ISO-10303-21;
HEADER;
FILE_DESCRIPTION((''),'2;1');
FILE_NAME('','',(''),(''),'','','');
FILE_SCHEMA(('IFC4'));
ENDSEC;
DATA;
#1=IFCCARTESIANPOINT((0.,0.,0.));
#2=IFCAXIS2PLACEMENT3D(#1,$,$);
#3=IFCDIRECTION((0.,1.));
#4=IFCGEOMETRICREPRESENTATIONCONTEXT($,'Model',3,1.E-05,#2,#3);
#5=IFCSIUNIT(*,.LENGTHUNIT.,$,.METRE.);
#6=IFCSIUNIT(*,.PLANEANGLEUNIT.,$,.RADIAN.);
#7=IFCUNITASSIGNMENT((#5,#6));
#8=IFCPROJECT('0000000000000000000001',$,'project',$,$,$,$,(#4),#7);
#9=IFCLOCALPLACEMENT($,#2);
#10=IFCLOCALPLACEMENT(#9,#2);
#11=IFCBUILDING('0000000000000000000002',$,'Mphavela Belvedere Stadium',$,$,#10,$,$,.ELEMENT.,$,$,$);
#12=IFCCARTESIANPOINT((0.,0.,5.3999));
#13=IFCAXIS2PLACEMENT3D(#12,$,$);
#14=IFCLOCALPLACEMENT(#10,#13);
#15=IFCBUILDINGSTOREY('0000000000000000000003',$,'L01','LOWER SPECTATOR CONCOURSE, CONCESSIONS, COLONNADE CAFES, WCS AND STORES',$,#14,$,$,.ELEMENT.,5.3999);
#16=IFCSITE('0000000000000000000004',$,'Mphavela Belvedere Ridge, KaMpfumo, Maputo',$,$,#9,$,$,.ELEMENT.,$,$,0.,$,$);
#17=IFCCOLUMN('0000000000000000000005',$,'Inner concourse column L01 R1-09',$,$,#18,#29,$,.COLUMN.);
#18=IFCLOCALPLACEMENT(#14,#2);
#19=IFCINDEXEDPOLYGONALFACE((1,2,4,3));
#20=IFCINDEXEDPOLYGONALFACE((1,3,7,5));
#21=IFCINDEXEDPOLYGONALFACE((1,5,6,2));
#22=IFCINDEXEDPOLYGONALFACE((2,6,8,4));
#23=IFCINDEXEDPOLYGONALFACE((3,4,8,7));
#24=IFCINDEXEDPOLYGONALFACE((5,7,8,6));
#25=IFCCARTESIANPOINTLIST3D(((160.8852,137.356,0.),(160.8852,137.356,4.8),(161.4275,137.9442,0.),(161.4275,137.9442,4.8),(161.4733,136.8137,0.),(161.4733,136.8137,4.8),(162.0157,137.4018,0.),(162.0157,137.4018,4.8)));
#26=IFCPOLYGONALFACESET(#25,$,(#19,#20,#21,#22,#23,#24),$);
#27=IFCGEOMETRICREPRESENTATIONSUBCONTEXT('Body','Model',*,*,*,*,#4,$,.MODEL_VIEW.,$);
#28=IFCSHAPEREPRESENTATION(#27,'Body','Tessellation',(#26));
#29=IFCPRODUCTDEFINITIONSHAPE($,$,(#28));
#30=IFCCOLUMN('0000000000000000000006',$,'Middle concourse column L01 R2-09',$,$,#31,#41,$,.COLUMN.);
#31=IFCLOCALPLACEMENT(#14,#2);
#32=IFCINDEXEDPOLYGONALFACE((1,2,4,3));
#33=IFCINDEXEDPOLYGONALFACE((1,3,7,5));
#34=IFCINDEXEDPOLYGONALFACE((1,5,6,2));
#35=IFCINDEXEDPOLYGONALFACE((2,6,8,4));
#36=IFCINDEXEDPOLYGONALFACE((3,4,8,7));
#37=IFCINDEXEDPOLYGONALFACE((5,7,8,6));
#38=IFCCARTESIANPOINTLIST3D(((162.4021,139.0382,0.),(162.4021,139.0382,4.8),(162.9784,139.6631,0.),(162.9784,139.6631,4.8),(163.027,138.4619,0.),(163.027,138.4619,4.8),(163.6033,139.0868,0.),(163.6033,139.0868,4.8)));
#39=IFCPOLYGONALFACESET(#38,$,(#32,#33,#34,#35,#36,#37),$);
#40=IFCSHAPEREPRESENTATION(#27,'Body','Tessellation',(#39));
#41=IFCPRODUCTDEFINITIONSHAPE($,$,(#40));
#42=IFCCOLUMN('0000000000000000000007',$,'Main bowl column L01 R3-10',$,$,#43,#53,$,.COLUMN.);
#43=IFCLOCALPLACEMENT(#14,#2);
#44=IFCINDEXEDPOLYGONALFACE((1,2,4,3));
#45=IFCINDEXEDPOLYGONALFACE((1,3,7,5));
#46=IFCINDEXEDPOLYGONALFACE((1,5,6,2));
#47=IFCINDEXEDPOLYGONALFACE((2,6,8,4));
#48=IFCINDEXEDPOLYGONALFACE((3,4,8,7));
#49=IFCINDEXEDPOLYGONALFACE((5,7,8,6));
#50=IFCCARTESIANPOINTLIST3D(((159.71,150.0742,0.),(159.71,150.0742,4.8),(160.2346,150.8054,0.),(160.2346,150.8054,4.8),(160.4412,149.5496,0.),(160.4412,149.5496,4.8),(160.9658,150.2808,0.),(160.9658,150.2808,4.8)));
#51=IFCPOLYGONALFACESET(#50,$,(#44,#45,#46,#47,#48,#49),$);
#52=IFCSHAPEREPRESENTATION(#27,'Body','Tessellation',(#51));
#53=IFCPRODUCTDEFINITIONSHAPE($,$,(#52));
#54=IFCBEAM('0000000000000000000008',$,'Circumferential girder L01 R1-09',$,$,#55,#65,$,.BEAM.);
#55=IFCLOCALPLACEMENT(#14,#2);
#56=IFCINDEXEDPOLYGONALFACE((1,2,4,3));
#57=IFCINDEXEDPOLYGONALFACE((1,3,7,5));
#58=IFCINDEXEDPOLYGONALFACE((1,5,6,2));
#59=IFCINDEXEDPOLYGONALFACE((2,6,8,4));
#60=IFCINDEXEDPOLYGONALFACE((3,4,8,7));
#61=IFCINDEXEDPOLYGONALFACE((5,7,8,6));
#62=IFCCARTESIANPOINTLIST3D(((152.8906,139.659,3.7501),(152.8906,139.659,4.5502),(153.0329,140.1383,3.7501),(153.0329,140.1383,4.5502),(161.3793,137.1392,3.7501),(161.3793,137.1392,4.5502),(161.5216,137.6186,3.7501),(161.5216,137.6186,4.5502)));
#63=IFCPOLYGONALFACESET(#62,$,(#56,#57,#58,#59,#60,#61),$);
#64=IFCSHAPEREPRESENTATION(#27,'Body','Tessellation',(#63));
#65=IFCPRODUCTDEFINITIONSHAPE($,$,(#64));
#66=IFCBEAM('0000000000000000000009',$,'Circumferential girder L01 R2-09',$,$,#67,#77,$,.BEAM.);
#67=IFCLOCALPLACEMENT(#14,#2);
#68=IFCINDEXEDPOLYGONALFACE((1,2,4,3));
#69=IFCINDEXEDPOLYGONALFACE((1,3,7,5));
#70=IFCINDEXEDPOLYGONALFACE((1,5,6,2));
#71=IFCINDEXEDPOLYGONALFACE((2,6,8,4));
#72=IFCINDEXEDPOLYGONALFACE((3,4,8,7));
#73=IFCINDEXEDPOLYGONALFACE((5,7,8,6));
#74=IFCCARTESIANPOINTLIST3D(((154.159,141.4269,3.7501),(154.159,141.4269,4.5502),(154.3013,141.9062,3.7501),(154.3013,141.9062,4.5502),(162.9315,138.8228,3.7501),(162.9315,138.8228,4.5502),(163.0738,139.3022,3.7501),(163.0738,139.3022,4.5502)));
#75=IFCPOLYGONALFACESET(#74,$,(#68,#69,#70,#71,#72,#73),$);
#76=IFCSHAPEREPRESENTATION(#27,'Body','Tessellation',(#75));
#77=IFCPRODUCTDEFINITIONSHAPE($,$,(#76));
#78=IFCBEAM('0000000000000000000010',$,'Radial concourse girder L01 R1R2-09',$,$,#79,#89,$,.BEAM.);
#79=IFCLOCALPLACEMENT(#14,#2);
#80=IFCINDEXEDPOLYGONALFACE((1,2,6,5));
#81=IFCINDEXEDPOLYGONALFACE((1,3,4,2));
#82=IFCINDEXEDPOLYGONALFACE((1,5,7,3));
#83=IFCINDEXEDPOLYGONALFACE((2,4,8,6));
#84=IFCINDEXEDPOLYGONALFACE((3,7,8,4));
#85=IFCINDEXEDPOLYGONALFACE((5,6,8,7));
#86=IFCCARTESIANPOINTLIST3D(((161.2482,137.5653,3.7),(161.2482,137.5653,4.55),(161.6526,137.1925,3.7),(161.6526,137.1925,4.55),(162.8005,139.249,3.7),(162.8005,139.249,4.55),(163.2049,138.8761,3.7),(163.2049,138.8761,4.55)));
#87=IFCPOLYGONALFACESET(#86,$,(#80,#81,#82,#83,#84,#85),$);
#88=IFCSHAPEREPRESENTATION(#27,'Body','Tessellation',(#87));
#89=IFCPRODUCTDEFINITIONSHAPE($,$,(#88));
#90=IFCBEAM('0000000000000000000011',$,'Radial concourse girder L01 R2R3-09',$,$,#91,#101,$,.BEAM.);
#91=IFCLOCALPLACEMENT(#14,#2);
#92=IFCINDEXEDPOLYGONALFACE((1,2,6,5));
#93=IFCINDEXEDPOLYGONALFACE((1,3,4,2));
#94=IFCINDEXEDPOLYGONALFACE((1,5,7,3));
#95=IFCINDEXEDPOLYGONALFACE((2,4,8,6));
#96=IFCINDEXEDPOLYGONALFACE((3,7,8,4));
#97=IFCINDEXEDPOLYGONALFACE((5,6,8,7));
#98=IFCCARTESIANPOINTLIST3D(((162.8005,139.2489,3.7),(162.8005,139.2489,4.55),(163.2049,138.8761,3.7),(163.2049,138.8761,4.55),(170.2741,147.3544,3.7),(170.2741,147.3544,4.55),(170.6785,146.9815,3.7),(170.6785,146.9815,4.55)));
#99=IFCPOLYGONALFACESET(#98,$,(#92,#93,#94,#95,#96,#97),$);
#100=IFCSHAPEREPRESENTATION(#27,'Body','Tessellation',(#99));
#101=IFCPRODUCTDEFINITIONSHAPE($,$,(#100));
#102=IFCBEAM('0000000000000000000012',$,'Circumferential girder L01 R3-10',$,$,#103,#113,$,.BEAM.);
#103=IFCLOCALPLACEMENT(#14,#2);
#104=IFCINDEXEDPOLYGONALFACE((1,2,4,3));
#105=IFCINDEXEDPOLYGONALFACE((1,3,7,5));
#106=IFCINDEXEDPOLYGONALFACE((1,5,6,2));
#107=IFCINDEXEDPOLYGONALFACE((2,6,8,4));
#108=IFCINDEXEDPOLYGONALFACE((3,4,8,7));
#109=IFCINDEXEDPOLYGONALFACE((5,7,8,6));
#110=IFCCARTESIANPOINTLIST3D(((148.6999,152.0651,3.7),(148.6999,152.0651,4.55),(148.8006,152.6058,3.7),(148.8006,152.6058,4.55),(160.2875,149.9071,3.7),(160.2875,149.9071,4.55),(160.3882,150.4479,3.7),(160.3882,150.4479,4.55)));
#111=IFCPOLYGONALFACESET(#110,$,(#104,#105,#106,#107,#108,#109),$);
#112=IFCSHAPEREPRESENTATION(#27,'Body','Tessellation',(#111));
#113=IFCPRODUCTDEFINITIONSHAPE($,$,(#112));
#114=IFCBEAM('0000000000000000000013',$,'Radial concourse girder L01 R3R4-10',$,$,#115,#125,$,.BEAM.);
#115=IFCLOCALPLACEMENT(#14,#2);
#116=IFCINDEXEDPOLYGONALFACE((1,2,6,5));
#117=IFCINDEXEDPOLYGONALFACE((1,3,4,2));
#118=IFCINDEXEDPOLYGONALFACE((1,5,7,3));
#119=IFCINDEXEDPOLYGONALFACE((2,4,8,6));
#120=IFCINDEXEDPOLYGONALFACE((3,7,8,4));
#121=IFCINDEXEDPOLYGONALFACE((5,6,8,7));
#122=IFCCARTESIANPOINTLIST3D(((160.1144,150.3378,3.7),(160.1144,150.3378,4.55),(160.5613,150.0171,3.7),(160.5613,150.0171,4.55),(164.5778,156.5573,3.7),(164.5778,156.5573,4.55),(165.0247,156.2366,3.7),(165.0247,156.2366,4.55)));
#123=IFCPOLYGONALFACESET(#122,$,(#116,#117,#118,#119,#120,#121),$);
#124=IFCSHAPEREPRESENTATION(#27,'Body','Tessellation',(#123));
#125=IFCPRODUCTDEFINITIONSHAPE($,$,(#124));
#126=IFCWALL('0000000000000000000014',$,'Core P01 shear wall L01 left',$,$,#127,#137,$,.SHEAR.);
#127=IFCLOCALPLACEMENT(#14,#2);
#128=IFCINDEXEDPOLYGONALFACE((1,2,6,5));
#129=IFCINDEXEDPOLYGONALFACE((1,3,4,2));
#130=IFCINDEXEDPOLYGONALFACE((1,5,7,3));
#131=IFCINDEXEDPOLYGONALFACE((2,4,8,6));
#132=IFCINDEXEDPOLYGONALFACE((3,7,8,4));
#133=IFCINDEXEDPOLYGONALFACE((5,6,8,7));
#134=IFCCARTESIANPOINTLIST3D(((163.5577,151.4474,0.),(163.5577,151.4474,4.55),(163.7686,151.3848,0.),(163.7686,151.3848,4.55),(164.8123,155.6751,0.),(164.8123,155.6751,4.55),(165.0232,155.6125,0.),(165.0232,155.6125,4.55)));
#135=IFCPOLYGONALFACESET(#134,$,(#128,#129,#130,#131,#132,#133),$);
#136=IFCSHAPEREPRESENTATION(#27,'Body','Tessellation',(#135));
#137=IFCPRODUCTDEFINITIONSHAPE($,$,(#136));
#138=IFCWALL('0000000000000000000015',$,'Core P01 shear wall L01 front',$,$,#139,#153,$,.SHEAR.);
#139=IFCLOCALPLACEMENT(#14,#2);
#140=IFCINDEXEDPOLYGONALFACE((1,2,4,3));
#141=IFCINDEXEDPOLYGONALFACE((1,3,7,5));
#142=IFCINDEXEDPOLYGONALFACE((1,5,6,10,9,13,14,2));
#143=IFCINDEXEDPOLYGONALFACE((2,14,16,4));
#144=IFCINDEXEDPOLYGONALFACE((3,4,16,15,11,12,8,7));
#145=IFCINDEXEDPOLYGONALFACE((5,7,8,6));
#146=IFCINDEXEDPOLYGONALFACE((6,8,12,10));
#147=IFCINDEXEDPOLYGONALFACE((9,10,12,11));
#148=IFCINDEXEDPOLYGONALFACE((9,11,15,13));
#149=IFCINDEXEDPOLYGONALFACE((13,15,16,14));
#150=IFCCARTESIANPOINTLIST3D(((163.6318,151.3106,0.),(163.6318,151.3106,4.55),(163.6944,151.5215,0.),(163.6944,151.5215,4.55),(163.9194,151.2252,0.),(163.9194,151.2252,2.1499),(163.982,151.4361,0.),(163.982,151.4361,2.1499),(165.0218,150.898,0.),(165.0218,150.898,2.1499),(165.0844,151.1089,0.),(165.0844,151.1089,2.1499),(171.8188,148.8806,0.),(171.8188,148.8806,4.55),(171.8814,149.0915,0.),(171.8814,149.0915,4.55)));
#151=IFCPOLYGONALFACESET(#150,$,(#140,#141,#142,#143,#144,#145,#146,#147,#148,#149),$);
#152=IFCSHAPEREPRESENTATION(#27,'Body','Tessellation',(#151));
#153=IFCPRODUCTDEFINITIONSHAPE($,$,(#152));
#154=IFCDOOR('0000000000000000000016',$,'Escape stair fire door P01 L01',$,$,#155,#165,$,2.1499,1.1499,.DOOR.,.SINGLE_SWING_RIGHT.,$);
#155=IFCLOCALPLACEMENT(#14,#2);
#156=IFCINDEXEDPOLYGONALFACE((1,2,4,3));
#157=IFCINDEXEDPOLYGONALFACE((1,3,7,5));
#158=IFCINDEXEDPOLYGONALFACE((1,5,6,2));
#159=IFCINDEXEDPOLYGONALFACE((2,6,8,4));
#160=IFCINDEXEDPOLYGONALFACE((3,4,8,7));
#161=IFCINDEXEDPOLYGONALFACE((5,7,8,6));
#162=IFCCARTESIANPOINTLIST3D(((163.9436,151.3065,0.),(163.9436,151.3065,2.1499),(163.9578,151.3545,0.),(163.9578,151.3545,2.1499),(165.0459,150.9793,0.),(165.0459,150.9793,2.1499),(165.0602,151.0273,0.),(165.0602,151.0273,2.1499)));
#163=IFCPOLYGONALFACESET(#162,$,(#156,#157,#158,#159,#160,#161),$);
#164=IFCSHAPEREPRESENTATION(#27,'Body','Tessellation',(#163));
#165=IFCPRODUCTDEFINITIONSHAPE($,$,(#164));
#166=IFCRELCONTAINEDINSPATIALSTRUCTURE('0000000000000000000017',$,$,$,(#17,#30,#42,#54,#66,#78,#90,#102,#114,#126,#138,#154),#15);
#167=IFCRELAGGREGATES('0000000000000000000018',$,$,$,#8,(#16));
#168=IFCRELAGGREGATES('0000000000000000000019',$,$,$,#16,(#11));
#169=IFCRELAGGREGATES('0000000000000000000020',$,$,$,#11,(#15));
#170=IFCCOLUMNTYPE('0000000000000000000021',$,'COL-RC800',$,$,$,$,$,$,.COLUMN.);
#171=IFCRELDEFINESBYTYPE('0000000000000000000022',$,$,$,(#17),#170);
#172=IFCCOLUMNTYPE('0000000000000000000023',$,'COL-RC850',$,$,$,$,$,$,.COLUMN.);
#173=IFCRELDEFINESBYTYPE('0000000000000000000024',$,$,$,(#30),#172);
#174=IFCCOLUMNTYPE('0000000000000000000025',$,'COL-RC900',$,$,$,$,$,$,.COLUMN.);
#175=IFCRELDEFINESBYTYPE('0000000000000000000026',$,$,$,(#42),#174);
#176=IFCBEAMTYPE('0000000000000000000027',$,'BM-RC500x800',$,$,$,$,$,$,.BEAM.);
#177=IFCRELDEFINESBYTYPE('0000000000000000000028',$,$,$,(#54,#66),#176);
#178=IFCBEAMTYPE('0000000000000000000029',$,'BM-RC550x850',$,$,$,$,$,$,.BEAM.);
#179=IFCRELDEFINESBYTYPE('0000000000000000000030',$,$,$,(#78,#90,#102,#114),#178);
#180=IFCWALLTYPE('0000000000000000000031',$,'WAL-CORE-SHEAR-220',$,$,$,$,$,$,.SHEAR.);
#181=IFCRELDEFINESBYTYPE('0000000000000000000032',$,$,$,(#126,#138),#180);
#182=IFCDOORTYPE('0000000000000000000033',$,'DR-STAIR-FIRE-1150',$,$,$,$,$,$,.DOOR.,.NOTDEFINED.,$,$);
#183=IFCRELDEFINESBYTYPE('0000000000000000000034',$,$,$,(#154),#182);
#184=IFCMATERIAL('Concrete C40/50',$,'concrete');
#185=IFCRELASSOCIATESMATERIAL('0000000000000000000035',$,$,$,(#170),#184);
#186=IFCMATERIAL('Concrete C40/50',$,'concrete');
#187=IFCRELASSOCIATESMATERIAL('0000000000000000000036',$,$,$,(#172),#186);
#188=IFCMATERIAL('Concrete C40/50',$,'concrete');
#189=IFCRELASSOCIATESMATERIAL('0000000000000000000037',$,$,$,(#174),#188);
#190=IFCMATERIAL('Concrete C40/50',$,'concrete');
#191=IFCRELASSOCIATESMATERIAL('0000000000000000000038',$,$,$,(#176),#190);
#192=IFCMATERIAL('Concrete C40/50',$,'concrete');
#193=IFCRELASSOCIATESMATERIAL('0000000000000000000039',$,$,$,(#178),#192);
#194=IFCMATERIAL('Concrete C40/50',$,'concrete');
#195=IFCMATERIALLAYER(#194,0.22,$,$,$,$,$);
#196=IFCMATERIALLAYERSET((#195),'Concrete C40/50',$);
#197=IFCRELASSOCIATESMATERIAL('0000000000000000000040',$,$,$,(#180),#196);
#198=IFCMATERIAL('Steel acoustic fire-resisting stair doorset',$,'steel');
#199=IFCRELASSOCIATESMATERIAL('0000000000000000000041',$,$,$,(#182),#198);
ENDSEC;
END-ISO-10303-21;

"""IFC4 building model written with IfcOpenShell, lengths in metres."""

from ifc_helpers import new_model, si_unit, direction, frame, frame_2d, origin, origin_2d, place, context, subcontext, project, spatial, rectangle, extrude, material, layer, layer_set, material_profile, profile_set, type_object, element, fill, save


model = new_model("IFC4")

# Units and contexts
model_context = context("Model", 3, precision=1e-05, world=origin(), true_north=direction((0.0, 1.0)))
body_context = subcontext(model_context, "Body", "Model", "MODEL_VIEW")
ifc_project = project(units=[si_unit("LENGTHUNIT", "METRE"), si_unit("PLANEANGLEUNIT", "RADIAN")], contexts=[model_context])

# Site, building, storey
site_placement = place(None, origin())
site = spatial("IfcSite", under=ifc_project, at=site_placement, Name="Mphavela Belvedere Ridge, KaMpfumo, Maputo", CompositionType="ELEMENT", RefElevation=0.0)
building_placement = place(site_placement, origin())
building = spatial("IfcBuilding", under=site, at=building_placement, Name="Mphavela Belvedere Stadium", CompositionType="ELEMENT")
storey_placement = place(building_placement, frame((0.0, 0.0, 5.3999)))
storey = spatial("IfcBuildingStorey", under=building, at=storey_placement, Name="L01", Description="LOWER SPECTATOR CONCOURSE, CONCESSIONS, COLONNADE CAFES, WCS AND STORES", CompositionType="ELEMENT", Elevation=5.3999)

# Columns
ifc_material_1 = material(Name="Concrete C40/50", Category="concrete")
ifc_material_profile_1 = material_profile(ifc_material_1, rectangle(XDim=0.8, YDim=0.8, at=origin_2d()), Name="RC 800x800")
ifc_profile_set_1 = profile_set([ifc_material_profile_1], Name="Concrete C40/50")
column_type_1 = type_object("IfcColumnType", Name="COL-RC800", PredefinedType="COLUMN", material=ifc_profile_set_1)
column_1_placement = place(storey_placement, frame((161.4504, 137.3789, 0.0), z_axis=(0.0, 0.0, 1.0), x_axis=(0.677903, 0.735151, 0.0)))
element("IfcColumn", 1, at=column_1_placement, inside=storey, type_object=column_type_1, Name="Inner concourse column L01 R1-09", PredefinedType="COLUMN", context=body_context, shape_type="SweptSolid", body=[
    extrude(rectangle(XDim=0.8, YDim=0.8, at=origin_2d()), origin(), (0.0, 0.0, 1.0), 4.8),
])
ifc_material_2 = material(Name="Concrete C40/50", Category="concrete")
ifc_material_profile_2 = material_profile(ifc_material_2, rectangle(XDim=0.8501, YDim=0.8501, at=origin_2d()), Name="RC 850x850")
ifc_profile_set_2 = profile_set([ifc_material_profile_2], Name="Concrete C40/50")
column_type_2 = type_object("IfcColumnType", Name="COL-RC850", PredefinedType="COLUMN", material=ifc_profile_set_2)
column_2_placement = place(storey_placement, frame((163.0027, 139.0625, 0.0), z_axis=(0.0, 0.0, 1.0), x_axis=(0.677903, 0.735151, 0.0)))
element("IfcColumn", 2, at=column_2_placement, inside=storey, type_object=column_type_2, Name="Middle concourse column L01 R2-09", PredefinedType="COLUMN", context=body_context, shape_type="SweptSolid", body=[
    extrude(rectangle(XDim=0.8501, YDim=0.8501, at=origin_2d()), origin(), (0.0, 0.0, 1.0), 4.8),
])
ifc_material_3 = material(Name="Concrete C40/50", Category="concrete")
ifc_material_profile_3 = material_profile(ifc_material_3, rectangle(XDim=0.8999, YDim=0.8999, at=origin_2d()), Name="RC 900x900")
ifc_profile_set_3 = profile_set([ifc_material_profile_3], Name="Concrete C40/50")
column_type_3 = type_object("IfcColumnType", Name="COL-RC900", PredefinedType="COLUMN", material=ifc_profile_set_3)
column_3_placement = place(storey_placement, frame((160.3379, 150.1775, 0.0), z_axis=(0.0, 0.0, 1.0), x_axis=(0.582974, 0.812491, 0.0)))
element("IfcColumn", 3, at=column_3_placement, inside=storey, type_object=column_type_3, Name="Main bowl column L01 R3-10", PredefinedType="COLUMN", context=body_context, shape_type="SweptSolid", body=[
    extrude(rectangle(XDim=0.8999, YDim=0.8999, at=origin_2d()), origin(), (0.0, 0.0, 1.0), 4.8),
])

# Beams
ifc_material_4 = material(Name="Concrete C40/50", Category="concrete")
ifc_material_profile_4 = material_profile(ifc_material_4, rectangle(XDim=0.5, YDim=0.8, at=origin_2d()), Name="RC 500x800")
ifc_profile_set_4 = profile_set([ifc_material_profile_4], Name="Concrete C40/50")
beam_type_1 = type_object("IfcBeamType", Name="BM-RC500x800", PredefinedType="BEAM", material=ifc_profile_set_4)
beam_1_placement = place(storey_placement, frame((161.4504, 137.3789, 4.1501), z_axis=(-0.958657, 0.284564, 0.0), x_axis=(-0.284564, -0.958657, 0.0)))
element("IfcBeam", 4, at=beam_1_placement, inside=storey, type_object=beam_type_1, Name="Circumferential girder L01 R1-09", PredefinedType="BEAM", context=body_context, shape_type="SweptSolid", body=[
    extrude(rectangle(XDim=0.5, YDim=0.8, at=origin_2d()), origin(), (0.0, 0.0, 1.0), 8.8547),
])
beam_2_placement = place(storey_placement, frame((163.0027, 139.0625, 4.1501), z_axis=(-0.958656, 0.284566, 0.0), x_axis=(-0.284566, -0.958656, 0.0)))
element("IfcBeam", 5, at=beam_2_placement, inside=storey, type_object=beam_type_1, Name="Circumferential girder L01 R2-09", PredefinedType="BEAM", context=body_context, shape_type="SweptSolid", body=[
    extrude(rectangle(XDim=0.5, YDim=0.8, at=origin_2d()), origin(), (0.0, 0.0, 1.0), 9.1509),
])
ifc_material_5 = material(Name="Concrete C40/50", Category="concrete")
ifc_material_profile_5 = material_profile(ifc_material_5, rectangle(XDim=0.55, YDim=0.8501, at=origin_2d()), Name="RC 550x850")
ifc_profile_set_5 = profile_set([ifc_material_profile_5], Name="Concrete C40/50")
beam_type_2 = type_object("IfcBeamType", Name="BM-RC550x850", PredefinedType="BEAM", material=ifc_profile_set_5)
beam_3_placement = place(storey_placement, frame((161.4504, 137.3789, 4.125), z_axis=(0.677846, 0.735204, 0.0), x_axis=(-0.735204, 0.677846, 0.0)))
element("IfcBeam", 6, at=beam_3_placement, inside=storey, type_object=beam_type_2, Name="Radial concourse girder L01 R1R2-09", PredefinedType="BEAM", context=body_context, shape_type="SweptSolid", body=[
    extrude(rectangle(XDim=0.55, YDim=0.8501, at=origin_2d()), origin(), (0.0, 0.0, 1.0), 2.29),
])
beam_4_placement = place(storey_placement, frame((163.0027, 139.0625, 4.125), z_axis=(0.677872, 0.73518, 0.0), x_axis=(-0.73518, 0.677872, 0.0)))
element("IfcBeam", 7, at=beam_4_placement, inside=storey, type_object=beam_type_2, Name="Radial concourse girder L01 R2R3-09", PredefinedType="BEAM", context=body_context, shape_type="SweptSolid", body=[
    extrude(rectangle(XDim=0.55, YDim=0.8501, at=origin_2d()), origin(), (0.0, 0.0, 1.0), 11.0251),
])
beam_5_placement = place(storey_placement, frame((160.3379, 150.1775, 4.125), z_axis=(-0.983098, 0.183082, 0.0), x_axis=(-0.183082, -0.983098, 0.0)))
element("IfcBeam", 8, at=beam_5_placement, inside=storey, type_object=beam_type_2, Name="Circumferential girder L01 R3-10", PredefinedType="BEAM", context=body_context, shape_type="SweptSolid", body=[
    extrude(rectangle(XDim=0.55, YDim=0.8501, at=origin_2d()), origin(), (0.0, 0.0, 1.0), 11.7869),
])
beam_6_placement = place(storey_placement, frame((160.3379, 150.1775, 4.125), z_axis=(0.583044, 0.812441, 0.0), x_axis=(-0.812441, 0.583044, 0.0)))
element("IfcBeam", 9, at=beam_6_placement, inside=storey, type_object=beam_type_2, Name="Radial concourse girder L01 R3R4-10", PredefinedType="BEAM", context=body_context, shape_type="SweptSolid", body=[
    extrude(rectangle(XDim=0.55, YDim=0.8501, at=origin_2d()), origin(), (0.0, 0.0, 1.0), 7.6553),
])

# Wall
ifc_material_6 = material(Name="Concrete C40/50", Category="concrete")
ifc_layer_1 = layer(ifc_material_6, 0.22)
ifc_layer_set_1 = layer_set([ifc_layer_1], Name="Concrete C40/50")
wall_type_1 = type_object("IfcWallType", Name="WAL-CORE-SHEAR-220", PredefinedType="SHEAR", material=ifc_layer_set_1)
wall_1_placement = place(storey_placement, frame((163.6631, 151.416, 0.0), z_axis=(0.0, 0.0, 1.0), x_axis=(0.284497, 0.958677, 0.0)))
element("IfcWall", 10, at=wall_1_placement, inside=storey, type_object=wall_type_1, Name="Core P01 shear wall L01 left", PredefinedType="SHEAR", context=body_context, shape_type="SweptSolid", body=[
    extrude(rectangle(XDim=4.4099, YDim=0.22, at=frame_2d((2.2051, 0.0))), origin(), (0.0, 0.0, 1.0), 4.55),
])

# Wall, opening, door
wall_2_placement = place(storey_placement, frame((163.6631, 151.416, 0.0), z_axis=(0.0, 0.0, 1.0), x_axis=(0.958666, -0.284535, 0.0)))
wall_2 = element("IfcWall", 11, at=wall_2_placement, inside=storey, type_object=wall_type_1, Name="Core P01 shear wall L01 front", PredefinedType="SHEAR", context=body_context, shape_type="SweptSolid", body=[
    extrude(rectangle(XDim=8.54, YDim=0.22, at=frame_2d((4.27, 0.0))), origin(), (0.0, 0.0, 1.0), 4.55),
])
opening_1_placement = place(wall_2_placement, frame((0.3, 0.0, 0.0)))
opening_1 = element("IfcOpeningElement", 12, at=opening_1_placement, cuts=wall_2, PredefinedType="OPENING", context=body_context, shape_type="SweptSolid", body=[
    extrude(rectangle(XDim=1.1499, YDim=2.1499, at=frame_2d((0.575, 1.075))), frame((0.0, 0.1201, 0.0), z_axis=(0.0, -1.0, 0.0), x_axis=(1.0, 0.0, 0.0)), (0.0, 0.0, 1.0), 0.24),
])
ifc_material_7 = material(Name="Steel acoustic fire-resisting stair doorset", Category="steel")
door_type_1 = type_object("IfcDoorType", Name="DR-STAIR-FIRE-1150", OperationType="NOTDEFINED", PredefinedType="DOOR", material=ifc_material_7)
door_1_placement = place(opening_1_placement, origin())
door_1 = element("IfcDoor", 13, at=door_1_placement, inside=storey, type_object=door_type_1, Name="Escape stair fire door P01 L01", OperationType="SINGLE_SWING_RIGHT", OverallHeight=2.1499, OverallWidth=1.1499, PredefinedType="DOOR", context=body_context, shape_type="SweptSolid", body=[
    extrude(rectangle(XDim=1.1499, YDim=2.1499, at=frame_2d((0.575, 1.075))), frame((0.0, 0.0249, 0.0), z_axis=(0.0, -1.0, 0.0), x_axis=(1.0, 0.0, 0.0)), (0.0, 0.0, 1.0), 0.05),
])
fill(opening_1, door_1)

save(model, "model.ifc")
